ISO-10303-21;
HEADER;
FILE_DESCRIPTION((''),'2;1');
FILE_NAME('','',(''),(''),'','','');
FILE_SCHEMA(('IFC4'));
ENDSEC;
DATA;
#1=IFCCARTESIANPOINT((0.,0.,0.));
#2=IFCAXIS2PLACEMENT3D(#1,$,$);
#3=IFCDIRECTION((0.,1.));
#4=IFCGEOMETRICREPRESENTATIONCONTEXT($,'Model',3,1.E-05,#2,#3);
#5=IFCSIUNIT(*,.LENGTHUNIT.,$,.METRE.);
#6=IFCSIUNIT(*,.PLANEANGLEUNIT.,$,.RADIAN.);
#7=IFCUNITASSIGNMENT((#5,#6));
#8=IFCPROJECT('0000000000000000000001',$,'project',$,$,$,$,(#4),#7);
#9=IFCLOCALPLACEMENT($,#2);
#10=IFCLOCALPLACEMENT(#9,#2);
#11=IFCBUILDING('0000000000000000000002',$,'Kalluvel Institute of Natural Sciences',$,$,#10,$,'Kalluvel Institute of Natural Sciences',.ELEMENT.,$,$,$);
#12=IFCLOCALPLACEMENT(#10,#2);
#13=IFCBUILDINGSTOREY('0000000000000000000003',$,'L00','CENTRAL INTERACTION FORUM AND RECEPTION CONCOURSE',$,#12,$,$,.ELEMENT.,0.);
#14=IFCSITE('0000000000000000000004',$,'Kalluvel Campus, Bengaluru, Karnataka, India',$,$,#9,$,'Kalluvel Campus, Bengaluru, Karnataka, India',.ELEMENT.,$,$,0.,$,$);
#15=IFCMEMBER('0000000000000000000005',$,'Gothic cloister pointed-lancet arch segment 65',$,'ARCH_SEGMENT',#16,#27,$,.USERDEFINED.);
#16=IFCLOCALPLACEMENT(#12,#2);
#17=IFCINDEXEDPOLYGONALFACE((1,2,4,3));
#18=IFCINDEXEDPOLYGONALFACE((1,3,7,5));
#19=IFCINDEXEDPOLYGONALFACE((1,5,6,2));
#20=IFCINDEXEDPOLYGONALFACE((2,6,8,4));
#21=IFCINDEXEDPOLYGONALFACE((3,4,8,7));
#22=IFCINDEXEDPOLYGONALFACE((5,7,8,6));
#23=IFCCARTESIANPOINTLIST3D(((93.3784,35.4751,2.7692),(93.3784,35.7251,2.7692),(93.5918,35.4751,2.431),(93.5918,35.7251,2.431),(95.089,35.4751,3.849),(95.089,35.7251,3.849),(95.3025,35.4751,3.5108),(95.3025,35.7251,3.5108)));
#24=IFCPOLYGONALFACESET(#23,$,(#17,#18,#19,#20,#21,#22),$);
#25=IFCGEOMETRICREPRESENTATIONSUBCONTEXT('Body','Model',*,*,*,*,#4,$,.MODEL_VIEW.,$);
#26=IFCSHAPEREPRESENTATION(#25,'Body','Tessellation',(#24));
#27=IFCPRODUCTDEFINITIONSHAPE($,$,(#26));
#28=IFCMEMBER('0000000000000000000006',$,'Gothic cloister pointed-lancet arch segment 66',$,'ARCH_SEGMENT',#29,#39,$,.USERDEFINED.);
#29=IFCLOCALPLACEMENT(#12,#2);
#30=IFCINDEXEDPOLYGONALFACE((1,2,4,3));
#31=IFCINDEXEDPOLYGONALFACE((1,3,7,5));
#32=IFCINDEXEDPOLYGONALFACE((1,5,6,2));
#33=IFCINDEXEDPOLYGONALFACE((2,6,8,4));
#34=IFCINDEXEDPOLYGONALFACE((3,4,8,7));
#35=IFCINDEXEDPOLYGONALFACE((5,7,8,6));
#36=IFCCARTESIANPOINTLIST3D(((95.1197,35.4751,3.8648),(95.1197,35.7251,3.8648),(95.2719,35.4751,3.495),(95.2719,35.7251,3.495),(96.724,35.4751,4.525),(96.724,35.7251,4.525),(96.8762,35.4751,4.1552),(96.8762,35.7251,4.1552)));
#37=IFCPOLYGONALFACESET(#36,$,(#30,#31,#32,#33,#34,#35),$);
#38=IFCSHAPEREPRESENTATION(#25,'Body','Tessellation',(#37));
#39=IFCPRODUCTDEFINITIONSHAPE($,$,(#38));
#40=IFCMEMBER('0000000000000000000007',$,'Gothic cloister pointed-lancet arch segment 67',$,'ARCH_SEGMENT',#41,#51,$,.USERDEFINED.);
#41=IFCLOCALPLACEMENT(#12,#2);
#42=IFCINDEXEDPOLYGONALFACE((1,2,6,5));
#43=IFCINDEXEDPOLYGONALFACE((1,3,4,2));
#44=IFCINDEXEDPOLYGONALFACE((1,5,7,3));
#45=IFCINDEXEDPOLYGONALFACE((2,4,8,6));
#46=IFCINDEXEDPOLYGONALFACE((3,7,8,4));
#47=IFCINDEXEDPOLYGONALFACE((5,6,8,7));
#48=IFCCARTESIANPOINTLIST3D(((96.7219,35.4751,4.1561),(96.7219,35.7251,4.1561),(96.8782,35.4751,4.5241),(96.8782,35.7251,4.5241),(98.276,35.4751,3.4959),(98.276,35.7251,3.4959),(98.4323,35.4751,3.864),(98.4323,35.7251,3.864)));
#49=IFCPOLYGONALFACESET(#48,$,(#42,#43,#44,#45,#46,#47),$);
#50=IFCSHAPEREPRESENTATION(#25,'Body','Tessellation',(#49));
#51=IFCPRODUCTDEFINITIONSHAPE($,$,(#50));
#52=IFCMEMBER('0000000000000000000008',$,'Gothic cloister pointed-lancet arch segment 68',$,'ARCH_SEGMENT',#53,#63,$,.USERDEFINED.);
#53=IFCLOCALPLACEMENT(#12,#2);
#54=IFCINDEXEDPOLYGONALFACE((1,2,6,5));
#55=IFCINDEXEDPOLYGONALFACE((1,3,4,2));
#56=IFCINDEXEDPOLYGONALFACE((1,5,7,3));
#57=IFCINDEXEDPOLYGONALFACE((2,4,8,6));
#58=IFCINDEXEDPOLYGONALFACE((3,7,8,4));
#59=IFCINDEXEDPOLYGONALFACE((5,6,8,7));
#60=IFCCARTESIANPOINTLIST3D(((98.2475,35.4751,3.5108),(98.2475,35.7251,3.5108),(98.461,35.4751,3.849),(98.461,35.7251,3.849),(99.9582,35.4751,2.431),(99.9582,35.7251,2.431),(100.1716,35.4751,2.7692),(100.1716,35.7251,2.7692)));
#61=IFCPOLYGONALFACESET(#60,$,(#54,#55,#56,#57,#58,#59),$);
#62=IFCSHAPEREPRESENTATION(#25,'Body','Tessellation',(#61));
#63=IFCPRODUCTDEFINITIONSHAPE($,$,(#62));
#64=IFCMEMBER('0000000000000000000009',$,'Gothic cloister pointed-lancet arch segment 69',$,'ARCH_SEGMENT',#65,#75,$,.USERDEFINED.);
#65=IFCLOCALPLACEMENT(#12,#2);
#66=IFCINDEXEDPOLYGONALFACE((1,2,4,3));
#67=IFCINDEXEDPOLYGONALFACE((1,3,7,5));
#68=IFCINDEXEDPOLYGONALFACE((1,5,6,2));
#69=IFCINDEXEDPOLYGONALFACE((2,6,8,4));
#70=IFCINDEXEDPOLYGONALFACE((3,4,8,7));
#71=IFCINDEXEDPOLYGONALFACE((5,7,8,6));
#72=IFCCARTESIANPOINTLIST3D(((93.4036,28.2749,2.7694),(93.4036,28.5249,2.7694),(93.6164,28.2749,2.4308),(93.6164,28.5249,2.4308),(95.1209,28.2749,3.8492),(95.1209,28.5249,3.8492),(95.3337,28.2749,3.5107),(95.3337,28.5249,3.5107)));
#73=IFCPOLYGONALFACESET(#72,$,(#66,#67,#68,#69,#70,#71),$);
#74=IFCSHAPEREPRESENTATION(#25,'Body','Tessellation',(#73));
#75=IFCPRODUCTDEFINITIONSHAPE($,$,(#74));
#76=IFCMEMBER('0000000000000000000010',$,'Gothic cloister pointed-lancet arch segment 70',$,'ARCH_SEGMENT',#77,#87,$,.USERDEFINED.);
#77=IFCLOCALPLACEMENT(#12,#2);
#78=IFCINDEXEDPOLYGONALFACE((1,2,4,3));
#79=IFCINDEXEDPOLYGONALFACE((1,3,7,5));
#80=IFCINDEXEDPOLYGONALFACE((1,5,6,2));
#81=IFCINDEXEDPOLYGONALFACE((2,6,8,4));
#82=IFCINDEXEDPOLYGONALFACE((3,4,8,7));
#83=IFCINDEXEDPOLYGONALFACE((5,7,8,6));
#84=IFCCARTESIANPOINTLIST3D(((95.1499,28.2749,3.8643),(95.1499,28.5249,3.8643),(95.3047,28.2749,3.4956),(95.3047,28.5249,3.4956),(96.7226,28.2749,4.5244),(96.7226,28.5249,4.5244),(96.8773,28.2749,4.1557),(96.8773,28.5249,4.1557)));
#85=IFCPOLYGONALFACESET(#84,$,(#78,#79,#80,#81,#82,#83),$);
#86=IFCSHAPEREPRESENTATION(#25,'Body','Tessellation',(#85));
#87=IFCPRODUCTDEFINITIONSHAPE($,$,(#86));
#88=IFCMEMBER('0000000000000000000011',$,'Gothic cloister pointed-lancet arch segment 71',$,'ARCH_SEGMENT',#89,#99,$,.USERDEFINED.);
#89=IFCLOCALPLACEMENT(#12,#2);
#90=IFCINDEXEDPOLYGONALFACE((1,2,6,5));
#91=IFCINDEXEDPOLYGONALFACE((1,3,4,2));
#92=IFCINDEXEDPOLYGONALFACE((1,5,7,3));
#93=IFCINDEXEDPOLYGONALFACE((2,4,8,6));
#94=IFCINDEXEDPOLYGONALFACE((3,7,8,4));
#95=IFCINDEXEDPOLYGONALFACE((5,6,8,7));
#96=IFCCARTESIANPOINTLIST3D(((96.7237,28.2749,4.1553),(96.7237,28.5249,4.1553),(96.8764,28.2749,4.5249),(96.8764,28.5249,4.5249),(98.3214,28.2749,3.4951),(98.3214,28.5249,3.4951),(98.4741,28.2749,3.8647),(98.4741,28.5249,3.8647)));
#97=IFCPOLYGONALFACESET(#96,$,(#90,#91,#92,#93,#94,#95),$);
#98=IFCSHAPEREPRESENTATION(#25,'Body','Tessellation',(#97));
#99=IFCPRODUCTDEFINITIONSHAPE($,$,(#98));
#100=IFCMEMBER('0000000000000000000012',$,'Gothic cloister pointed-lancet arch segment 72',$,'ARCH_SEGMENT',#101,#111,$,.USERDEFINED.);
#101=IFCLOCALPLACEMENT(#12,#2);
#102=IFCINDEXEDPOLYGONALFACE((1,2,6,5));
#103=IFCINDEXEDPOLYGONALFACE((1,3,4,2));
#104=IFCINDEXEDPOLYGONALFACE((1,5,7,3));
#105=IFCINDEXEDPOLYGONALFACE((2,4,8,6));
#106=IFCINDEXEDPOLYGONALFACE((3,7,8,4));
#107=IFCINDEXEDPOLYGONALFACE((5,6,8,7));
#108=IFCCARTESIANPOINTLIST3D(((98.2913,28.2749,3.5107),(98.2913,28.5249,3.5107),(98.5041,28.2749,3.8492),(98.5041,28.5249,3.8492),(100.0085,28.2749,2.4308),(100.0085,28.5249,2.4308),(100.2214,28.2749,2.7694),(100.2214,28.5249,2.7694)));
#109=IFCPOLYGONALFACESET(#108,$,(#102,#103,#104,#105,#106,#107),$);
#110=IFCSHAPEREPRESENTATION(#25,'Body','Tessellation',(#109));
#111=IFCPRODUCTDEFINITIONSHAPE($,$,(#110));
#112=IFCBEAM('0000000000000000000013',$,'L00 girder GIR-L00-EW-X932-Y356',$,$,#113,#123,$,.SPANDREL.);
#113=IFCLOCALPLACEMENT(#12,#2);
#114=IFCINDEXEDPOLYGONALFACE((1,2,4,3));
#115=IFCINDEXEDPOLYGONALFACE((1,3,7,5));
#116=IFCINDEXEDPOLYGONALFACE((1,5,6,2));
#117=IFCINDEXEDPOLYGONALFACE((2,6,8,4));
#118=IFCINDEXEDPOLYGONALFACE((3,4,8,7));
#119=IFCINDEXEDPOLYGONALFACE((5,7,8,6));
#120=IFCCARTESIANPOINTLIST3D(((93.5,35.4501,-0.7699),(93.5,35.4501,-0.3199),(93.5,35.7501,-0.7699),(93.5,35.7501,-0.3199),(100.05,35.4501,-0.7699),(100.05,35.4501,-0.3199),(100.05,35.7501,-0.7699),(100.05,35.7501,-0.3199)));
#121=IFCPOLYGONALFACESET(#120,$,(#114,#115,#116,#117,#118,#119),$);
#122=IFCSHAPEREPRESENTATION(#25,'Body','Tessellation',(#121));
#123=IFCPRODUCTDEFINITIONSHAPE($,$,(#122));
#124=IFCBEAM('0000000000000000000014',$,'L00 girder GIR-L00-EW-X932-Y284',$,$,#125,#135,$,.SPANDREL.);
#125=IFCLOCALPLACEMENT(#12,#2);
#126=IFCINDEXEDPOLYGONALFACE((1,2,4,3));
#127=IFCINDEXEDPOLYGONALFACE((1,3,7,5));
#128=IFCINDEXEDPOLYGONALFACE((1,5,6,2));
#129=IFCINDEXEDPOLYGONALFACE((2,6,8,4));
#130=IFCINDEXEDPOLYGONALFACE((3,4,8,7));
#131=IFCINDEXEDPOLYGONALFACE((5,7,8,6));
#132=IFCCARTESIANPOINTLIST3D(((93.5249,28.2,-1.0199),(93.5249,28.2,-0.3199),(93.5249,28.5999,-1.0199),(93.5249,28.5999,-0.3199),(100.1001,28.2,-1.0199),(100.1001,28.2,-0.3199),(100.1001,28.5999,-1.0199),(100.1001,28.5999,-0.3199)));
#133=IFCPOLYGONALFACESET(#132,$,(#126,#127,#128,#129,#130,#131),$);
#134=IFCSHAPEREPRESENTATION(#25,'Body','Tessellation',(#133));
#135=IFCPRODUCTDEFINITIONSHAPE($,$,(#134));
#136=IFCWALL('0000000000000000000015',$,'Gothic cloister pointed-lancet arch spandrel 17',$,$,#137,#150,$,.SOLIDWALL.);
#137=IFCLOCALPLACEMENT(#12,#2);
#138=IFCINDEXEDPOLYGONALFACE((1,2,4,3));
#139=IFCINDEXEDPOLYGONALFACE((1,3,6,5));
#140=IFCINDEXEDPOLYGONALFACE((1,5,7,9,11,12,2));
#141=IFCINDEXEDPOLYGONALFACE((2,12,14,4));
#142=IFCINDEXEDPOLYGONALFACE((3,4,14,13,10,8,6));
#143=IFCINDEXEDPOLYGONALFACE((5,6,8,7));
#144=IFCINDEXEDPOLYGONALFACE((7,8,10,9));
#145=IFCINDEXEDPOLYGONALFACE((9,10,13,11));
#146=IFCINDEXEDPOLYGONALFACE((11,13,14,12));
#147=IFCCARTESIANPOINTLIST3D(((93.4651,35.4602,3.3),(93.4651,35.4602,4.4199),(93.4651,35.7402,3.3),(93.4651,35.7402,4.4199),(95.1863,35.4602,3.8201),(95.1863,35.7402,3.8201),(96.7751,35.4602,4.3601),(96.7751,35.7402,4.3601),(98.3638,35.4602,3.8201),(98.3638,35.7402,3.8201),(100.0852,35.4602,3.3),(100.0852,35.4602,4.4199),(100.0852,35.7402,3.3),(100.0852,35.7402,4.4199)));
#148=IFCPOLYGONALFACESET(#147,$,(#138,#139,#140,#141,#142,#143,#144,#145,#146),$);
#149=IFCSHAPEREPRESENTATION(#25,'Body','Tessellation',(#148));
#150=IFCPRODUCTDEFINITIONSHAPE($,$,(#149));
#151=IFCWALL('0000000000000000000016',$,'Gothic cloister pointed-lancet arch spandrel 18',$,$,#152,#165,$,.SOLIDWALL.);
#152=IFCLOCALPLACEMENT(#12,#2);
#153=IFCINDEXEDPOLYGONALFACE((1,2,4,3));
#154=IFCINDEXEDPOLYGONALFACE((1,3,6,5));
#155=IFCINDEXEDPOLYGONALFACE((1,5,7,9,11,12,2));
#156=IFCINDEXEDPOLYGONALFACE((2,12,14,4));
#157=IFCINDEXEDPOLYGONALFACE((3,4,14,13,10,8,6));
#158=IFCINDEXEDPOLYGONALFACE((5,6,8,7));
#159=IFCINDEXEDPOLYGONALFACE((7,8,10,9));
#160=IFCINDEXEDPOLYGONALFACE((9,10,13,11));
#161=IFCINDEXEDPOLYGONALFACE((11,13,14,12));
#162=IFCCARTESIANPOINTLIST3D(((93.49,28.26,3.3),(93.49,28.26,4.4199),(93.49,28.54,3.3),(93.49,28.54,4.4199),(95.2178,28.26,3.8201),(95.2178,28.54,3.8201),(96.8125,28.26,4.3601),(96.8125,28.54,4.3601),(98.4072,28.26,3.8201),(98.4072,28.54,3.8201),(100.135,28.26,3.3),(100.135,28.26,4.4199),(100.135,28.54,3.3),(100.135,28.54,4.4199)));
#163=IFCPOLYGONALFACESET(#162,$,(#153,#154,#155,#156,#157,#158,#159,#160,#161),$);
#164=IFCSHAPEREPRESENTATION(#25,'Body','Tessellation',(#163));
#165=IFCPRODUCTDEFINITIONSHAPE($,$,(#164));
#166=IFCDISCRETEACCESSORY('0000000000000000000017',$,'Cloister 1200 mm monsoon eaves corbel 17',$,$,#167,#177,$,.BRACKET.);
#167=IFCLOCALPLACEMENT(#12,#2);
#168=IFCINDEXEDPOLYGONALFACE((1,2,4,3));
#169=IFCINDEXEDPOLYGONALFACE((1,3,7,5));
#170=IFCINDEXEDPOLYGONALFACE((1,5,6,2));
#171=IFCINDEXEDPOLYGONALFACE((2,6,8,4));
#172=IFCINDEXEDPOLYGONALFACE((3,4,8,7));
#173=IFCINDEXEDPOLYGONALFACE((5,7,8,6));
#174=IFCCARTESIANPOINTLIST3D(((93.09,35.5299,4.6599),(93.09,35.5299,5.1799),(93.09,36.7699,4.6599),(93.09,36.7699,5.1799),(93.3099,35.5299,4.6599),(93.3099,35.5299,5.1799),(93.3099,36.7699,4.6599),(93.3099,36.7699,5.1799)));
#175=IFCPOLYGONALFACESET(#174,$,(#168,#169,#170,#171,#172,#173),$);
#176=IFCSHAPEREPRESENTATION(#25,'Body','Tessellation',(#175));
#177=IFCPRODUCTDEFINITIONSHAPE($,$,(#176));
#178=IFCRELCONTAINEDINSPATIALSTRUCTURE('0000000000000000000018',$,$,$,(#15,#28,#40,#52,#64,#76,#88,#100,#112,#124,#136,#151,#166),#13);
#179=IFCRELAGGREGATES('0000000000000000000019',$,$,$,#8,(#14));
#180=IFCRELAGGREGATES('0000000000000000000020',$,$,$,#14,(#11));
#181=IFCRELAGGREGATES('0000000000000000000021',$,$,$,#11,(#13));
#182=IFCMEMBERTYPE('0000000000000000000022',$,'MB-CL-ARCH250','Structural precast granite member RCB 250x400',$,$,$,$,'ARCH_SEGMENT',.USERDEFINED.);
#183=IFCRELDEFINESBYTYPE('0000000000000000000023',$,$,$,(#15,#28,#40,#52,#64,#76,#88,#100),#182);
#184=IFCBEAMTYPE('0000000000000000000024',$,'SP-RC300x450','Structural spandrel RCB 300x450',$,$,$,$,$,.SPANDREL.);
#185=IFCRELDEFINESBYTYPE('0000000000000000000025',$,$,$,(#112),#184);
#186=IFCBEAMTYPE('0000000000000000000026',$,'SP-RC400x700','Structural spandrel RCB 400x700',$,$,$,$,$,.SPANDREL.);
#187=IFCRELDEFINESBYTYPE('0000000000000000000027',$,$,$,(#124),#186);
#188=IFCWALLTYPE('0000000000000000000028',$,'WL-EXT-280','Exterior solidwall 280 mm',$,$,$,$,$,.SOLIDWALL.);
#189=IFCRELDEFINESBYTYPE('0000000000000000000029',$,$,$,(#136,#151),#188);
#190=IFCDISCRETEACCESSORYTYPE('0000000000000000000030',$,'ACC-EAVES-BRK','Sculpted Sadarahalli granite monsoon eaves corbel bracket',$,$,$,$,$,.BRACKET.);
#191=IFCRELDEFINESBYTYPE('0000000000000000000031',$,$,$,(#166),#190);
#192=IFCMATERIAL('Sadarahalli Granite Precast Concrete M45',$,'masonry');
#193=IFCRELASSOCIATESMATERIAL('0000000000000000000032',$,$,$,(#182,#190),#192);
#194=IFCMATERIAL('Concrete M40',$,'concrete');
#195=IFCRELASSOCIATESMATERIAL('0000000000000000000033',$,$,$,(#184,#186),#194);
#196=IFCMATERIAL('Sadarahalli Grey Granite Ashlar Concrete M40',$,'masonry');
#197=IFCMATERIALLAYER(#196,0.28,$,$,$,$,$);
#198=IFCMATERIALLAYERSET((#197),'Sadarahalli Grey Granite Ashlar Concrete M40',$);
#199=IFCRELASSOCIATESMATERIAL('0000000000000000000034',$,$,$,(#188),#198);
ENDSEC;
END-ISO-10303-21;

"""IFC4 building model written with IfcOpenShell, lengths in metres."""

from ifc_helpers import new_model, si_unit, direction, frame, origin, origin_2d, place, context, subcontext, project, spatial, polyline, rectangle, outline, extrude, material, layer, layer_set, material_profile, profile_set, type_object, element, save


model = new_model("IFC4")

# Units and contexts
model_context = context("Model", 3, precision=1e-05, world=origin(), true_north=direction((0.0, 1.0)))
body_context = subcontext(model_context, "Body", "Model", "MODEL_VIEW")
ifc_project = project(units=[si_unit("LENGTHUNIT", "METRE"), si_unit("PLANEANGLEUNIT", "RADIAN")], contexts=[model_context])

# Site, building, storey
site_placement = place(None, origin())
site = spatial("IfcSite", under=ifc_project, at=site_placement, Name="Kalluvel Campus, Bengaluru, Karnataka, India", LongName="Kalluvel Campus, Bengaluru, Karnataka, India", CompositionType="ELEMENT", RefElevation=0.0)
building_placement = place(site_placement, origin())
building = spatial("IfcBuilding", under=site, at=building_placement, Name="Kalluvel Institute of Natural Sciences", LongName="Kalluvel Institute of Natural Sciences", CompositionType="ELEMENT")
storey_placement = place(building_placement, origin())
storey = spatial("IfcBuildingStorey", under=building, at=storey_placement, Name="L00", Description="CENTRAL INTERACTION FORUM AND RECEPTION CONCOURSE", CompositionType="ELEMENT", Elevation=0.0)

# Shared definitions
ifc_material_1 = material(Name="Concrete M40", Category="concrete")

# Members
ifc_material_2 = material(Name="Sadarahalli Granite Precast Concrete M45", Category="masonry")
ifc_material_profile_1 = material_profile(ifc_material_2, rectangle(XDim=0.25, YDim=0.3999, at=origin_2d()), Name="RCB 250x400")
ifc_profile_set_1 = profile_set([ifc_material_profile_1], Name="Sadarahalli Granite Precast Concrete M45")
member_type_1 = type_object("IfcMemberType", Name="MB-CL-ARCH250", Description="Structural precast granite member RCB 250x400", ElementType="ARCH_SEGMENT", PredefinedType="USERDEFINED", material=ifc_profile_set_1)
member_1_placement = place(storey_placement, frame((93.4851, 35.6001, 2.6001), z_axis=(0.845624, 0.0, 0.53378), x_axis=(0.0, 1.0, 0.0)))
element("IfcMember", 1, at=member_1_placement, inside=storey, type_object=member_type_1, Name="Gothic cloister pointed-lancet arch segment 65", ObjectType="ARCH_SEGMENT", PredefinedType="USERDEFINED", context=body_context, shape_type="SweptSolid", body=[
    extrude(rectangle(XDim=0.25, YDim=0.3999, at=origin_2d()), origin(), (0.0, 0.0, 1.0), 2.0229),
])
member_2_placement = place(storey_placement, frame((95.1958, 35.6001, 3.6799), z_axis=(0.924763, 0.0, 0.380545), x_axis=(0.0, 1.0, 0.0)))
element("IfcMember", 2, at=member_2_placement, inside=storey, type_object=member_type_1, Name="Gothic cloister pointed-lancet arch segment 66", ObjectType="ARCH_SEGMENT", PredefinedType="USERDEFINED", context=body_context, shape_type="SweptSolid", body=[
    extrude(rectangle(XDim=0.25, YDim=0.3999, at=origin_2d()), origin(), (0.0, 0.0, 1.0), 1.7349),
])
member_3_placement = place(storey_placement, frame((96.8, 35.6001, 4.3401), z_axis=(0.920412, 0.0, -0.390951), x_axis=(0.0, 1.0, 0.0)))
element("IfcMember", 3, at=member_3_placement, inside=storey, type_object=member_type_1, Name="Gothic cloister pointed-lancet arch segment 67", ObjectType="ARCH_SEGMENT", PredefinedType="USERDEFINED", context=body_context, shape_type="SweptSolid", body=[
    extrude(rectangle(XDim=0.25, YDim=0.3999, at=origin_2d()), origin(), (0.0, 0.0, 1.0), 1.6885),
])
member_4_placement = place(storey_placement, frame((98.3542, 35.6001, 3.6799), z_axis=(0.845624, 0.0, -0.53378), x_axis=(0.0, 1.0, 0.0)))
element("IfcMember", 4, at=member_4_placement, inside=storey, type_object=member_type_1, Name="Gothic cloister pointed-lancet arch segment 68", ObjectType="ARCH_SEGMENT", PredefinedType="USERDEFINED", context=body_context, shape_type="SweptSolid", body=[
    extrude(rectangle(XDim=0.25, YDim=0.3999, at=origin_2d()), origin(), (0.0, 0.0, 1.0), 2.0229),
])
member_5_placement = place(storey_placement, frame((93.51, 28.3999, 2.6001), z_axis=(0.846548, 0.0, 0.532312), x_axis=(0.0, 1.0, 0.0)))
element("IfcMember", 5, at=member_5_placement, inside=storey, type_object=member_type_1, Name="Gothic cloister pointed-lancet arch segment 69", ObjectType="ARCH_SEGMENT", PredefinedType="USERDEFINED", context=body_context, shape_type="SweptSolid", body=[
    extrude(rectangle(XDim=0.25, YDim=0.3999, at=origin_2d()), origin(), (0.0, 0.0, 1.0), 2.0286),
])
member_6_placement = place(storey_placement, frame((95.2273, 28.3999, 3.6799), z_axis=(0.922066, 0.0, 0.387033), x_axis=(0.0, 1.0, 0.0)))
element("IfcMember", 6, at=member_6_placement, inside=storey, type_object=member_type_1, Name="Gothic cloister pointed-lancet arch segment 70", ObjectType="ARCH_SEGMENT", PredefinedType="USERDEFINED", context=body_context, shape_type="SweptSolid", body=[
    extrude(rectangle(XDim=0.25, YDim=0.3999, at=origin_2d()), origin(), (0.0, 0.0, 1.0), 1.7056),
])
member_7_placement = place(storey_placement, frame((96.8, 28.3999, 4.3401), z_axis=(0.924209, 0.0, -0.381886), x_axis=(0.0, 1.0, 0.0)))
element("IfcMember", 7, at=member_7_placement, inside=storey, type_object=member_type_1, Name="Gothic cloister pointed-lancet arch segment 71", ObjectType="ARCH_SEGMENT", PredefinedType="USERDEFINED", context=body_context, shape_type="SweptSolid", body=[
    extrude(rectangle(XDim=0.25, YDim=0.3999, at=origin_2d()), origin(), (0.0, 0.0, 1.0), 1.7288),
])
member_8_placement = place(storey_placement, frame((98.3977, 28.3999, 3.6799), z_axis=(0.846548, 0.0, -0.532312), x_axis=(0.0, 1.0, 0.0)))
element("IfcMember", 8, at=member_8_placement, inside=storey, type_object=member_type_1, Name="Gothic cloister pointed-lancet arch segment 72", ObjectType="ARCH_SEGMENT", PredefinedType="USERDEFINED", context=body_context, shape_type="SweptSolid", body=[
    extrude(rectangle(XDim=0.25, YDim=0.3999, at=origin_2d()), origin(), (0.0, 0.0, 1.0), 2.0286),
])

# Beams
ifc_material_profile_2 = material_profile(ifc_material_1, rectangle(XDim=0.3, YDim=0.45, at=origin_2d()), Name="RCB 300x450")
ifc_profile_set_2 = profile_set([ifc_material_profile_2], Name="Concrete M40")
beam_type_1 = type_object("IfcBeamType", Name="SP-RC300x450", Description="Structural spandrel RCB 300x450", PredefinedType="SPANDREL", material=ifc_profile_set_2)
beam_1_placement = place(storey_placement, frame((93.5, 35.6001, -0.5449), z_axis=(1.0, 0.0, 0.0), x_axis=(0.0, 1.0, 0.0)))
element("IfcBeam", 9, at=beam_1_placement, inside=storey, type_object=beam_type_1, Name="L00 girder GIR-L00-EW-X932-Y356", PredefinedType="SPANDREL", context=body_context, shape_type="SweptSolid", body=[
    extrude(rectangle(XDim=0.3, YDim=0.45, at=origin_2d()), origin(), (0.0, 0.0, 1.0), 6.55),
])
ifc_material_profile_3 = material_profile(ifc_material_1, rectangle(XDim=0.3999, YDim=0.7, at=origin_2d()), Name="RCB 400x700")
ifc_profile_set_3 = profile_set([ifc_material_profile_3], Name="Concrete M40")
beam_type_2 = type_object("IfcBeamType", Name="SP-RC400x700", Description="Structural spandrel RCB 400x700", PredefinedType="SPANDREL", material=ifc_profile_set_3)
beam_2_placement = place(storey_placement, frame((93.5249, 28.3999, -0.6699), z_axis=(1.0, 0.0, 0.0), x_axis=(0.0, 1.0, 0.0)))
element("IfcBeam", 10, at=beam_2_placement, inside=storey, type_object=beam_type_2, Name="L00 girder GIR-L00-EW-X932-Y284", PredefinedType="SPANDREL", context=body_context, shape_type="SweptSolid", body=[
    extrude(rectangle(XDim=0.3999, YDim=0.7, at=origin_2d()), origin(), (0.0, 0.0, 1.0), 6.5752),
])

# Walls
ifc_material_3 = material(Name="Sadarahalli Grey Granite Ashlar Concrete M40", Category="masonry")
ifc_layer = layer(ifc_material_3, 0.28)
ifc_layer_set = layer_set([ifc_layer], Name="Sadarahalli Grey Granite Ashlar Concrete M40")
wall_type = type_object("IfcWallType", Name="WL-EXT-280", Description="Exterior solidwall 280 mm", PredefinedType="SOLIDWALL", material=ifc_layer_set)
wall_1_placement = place(storey_placement, frame((93.4651, 35.6001, 3.3), z_axis=(0.0, 0.0, 1.0), x_axis=(1.0, 0.0, 0.0)))
element("IfcWall", 11, at=wall_1_placement, inside=storey, type_object=wall_type, Name="Gothic cloister pointed-lancet arch spandrel 17", PredefinedType="SOLIDWALL", context=body_context, shape_type="SweptSolid", body=[
    extrude(outline(polyline([(0.0, 0.0), (1.7212, 0.52), (3.3101, 1.0601), (4.8987, 0.52), (6.6201, 0.0), (6.6201, 1.1199), (0.0, 1.1199), (0.0, 0.0)])), frame((0.0, 0.1401, 0.0), z_axis=(0.0, -1.0, 0.0), x_axis=(1.0, 0.0, 0.0)), (0.0, 0.0, 1.0), 0.28),
])
wall_2_placement = place(storey_placement, frame((93.49, 28.3999, 3.3), z_axis=(0.0, 0.0, 1.0), x_axis=(1.0, 0.0, 0.0)))
element("IfcWall", 12, at=wall_2_placement, inside=storey, type_object=wall_type, Name="Gothic cloister pointed-lancet arch spandrel 18", PredefinedType="SOLIDWALL", context=body_context, shape_type="SweptSolid", body=[
    extrude(outline(polyline([(0.0, 0.0), (1.7278, 0.52), (3.3225, 1.0601), (4.9172, 0.52), (6.645, 0.0), (6.645, 1.1199), (0.0, 1.1199), (0.0, 0.0)])), frame((0.0, 0.1401, 0.0), z_axis=(0.0, -1.0, 0.0), x_axis=(1.0, 0.0, 0.0)), (0.0, 0.0, 1.0), 0.28),
])

# Discrete accessory
discrete_accessory_type = type_object("IfcDiscreteAccessoryType", Name="ACC-EAVES-BRK", Description="Sculpted Sadarahalli granite monsoon eaves corbel bracket", PredefinedType="BRACKET", material=ifc_material_2)
for number, where, z_axis, x_axis, name in (
    (13, (93.2, 36.1499, 4.6599), (0.0, 0.0, 1.0), (1.0, 0.0, 0.0), "Cloister 1200 mm monsoon eaves corbel 17"),
):
    element("IfcDiscreteAccessory", number, at=place(storey_placement, frame(where, z_axis=z_axis, x_axis=x_axis)), inside=storey, type_object=discrete_accessory_type, Name=name, PredefinedType="BRACKET", context=body_context, shape_type="SweptSolid", body=[
        extrude(rectangle(XDim=0.22, YDim=1.24, at=origin_2d()), origin(), (0.0, 0.0, 1.0), 0.52),
    ])

save(model, "model.ifc")
